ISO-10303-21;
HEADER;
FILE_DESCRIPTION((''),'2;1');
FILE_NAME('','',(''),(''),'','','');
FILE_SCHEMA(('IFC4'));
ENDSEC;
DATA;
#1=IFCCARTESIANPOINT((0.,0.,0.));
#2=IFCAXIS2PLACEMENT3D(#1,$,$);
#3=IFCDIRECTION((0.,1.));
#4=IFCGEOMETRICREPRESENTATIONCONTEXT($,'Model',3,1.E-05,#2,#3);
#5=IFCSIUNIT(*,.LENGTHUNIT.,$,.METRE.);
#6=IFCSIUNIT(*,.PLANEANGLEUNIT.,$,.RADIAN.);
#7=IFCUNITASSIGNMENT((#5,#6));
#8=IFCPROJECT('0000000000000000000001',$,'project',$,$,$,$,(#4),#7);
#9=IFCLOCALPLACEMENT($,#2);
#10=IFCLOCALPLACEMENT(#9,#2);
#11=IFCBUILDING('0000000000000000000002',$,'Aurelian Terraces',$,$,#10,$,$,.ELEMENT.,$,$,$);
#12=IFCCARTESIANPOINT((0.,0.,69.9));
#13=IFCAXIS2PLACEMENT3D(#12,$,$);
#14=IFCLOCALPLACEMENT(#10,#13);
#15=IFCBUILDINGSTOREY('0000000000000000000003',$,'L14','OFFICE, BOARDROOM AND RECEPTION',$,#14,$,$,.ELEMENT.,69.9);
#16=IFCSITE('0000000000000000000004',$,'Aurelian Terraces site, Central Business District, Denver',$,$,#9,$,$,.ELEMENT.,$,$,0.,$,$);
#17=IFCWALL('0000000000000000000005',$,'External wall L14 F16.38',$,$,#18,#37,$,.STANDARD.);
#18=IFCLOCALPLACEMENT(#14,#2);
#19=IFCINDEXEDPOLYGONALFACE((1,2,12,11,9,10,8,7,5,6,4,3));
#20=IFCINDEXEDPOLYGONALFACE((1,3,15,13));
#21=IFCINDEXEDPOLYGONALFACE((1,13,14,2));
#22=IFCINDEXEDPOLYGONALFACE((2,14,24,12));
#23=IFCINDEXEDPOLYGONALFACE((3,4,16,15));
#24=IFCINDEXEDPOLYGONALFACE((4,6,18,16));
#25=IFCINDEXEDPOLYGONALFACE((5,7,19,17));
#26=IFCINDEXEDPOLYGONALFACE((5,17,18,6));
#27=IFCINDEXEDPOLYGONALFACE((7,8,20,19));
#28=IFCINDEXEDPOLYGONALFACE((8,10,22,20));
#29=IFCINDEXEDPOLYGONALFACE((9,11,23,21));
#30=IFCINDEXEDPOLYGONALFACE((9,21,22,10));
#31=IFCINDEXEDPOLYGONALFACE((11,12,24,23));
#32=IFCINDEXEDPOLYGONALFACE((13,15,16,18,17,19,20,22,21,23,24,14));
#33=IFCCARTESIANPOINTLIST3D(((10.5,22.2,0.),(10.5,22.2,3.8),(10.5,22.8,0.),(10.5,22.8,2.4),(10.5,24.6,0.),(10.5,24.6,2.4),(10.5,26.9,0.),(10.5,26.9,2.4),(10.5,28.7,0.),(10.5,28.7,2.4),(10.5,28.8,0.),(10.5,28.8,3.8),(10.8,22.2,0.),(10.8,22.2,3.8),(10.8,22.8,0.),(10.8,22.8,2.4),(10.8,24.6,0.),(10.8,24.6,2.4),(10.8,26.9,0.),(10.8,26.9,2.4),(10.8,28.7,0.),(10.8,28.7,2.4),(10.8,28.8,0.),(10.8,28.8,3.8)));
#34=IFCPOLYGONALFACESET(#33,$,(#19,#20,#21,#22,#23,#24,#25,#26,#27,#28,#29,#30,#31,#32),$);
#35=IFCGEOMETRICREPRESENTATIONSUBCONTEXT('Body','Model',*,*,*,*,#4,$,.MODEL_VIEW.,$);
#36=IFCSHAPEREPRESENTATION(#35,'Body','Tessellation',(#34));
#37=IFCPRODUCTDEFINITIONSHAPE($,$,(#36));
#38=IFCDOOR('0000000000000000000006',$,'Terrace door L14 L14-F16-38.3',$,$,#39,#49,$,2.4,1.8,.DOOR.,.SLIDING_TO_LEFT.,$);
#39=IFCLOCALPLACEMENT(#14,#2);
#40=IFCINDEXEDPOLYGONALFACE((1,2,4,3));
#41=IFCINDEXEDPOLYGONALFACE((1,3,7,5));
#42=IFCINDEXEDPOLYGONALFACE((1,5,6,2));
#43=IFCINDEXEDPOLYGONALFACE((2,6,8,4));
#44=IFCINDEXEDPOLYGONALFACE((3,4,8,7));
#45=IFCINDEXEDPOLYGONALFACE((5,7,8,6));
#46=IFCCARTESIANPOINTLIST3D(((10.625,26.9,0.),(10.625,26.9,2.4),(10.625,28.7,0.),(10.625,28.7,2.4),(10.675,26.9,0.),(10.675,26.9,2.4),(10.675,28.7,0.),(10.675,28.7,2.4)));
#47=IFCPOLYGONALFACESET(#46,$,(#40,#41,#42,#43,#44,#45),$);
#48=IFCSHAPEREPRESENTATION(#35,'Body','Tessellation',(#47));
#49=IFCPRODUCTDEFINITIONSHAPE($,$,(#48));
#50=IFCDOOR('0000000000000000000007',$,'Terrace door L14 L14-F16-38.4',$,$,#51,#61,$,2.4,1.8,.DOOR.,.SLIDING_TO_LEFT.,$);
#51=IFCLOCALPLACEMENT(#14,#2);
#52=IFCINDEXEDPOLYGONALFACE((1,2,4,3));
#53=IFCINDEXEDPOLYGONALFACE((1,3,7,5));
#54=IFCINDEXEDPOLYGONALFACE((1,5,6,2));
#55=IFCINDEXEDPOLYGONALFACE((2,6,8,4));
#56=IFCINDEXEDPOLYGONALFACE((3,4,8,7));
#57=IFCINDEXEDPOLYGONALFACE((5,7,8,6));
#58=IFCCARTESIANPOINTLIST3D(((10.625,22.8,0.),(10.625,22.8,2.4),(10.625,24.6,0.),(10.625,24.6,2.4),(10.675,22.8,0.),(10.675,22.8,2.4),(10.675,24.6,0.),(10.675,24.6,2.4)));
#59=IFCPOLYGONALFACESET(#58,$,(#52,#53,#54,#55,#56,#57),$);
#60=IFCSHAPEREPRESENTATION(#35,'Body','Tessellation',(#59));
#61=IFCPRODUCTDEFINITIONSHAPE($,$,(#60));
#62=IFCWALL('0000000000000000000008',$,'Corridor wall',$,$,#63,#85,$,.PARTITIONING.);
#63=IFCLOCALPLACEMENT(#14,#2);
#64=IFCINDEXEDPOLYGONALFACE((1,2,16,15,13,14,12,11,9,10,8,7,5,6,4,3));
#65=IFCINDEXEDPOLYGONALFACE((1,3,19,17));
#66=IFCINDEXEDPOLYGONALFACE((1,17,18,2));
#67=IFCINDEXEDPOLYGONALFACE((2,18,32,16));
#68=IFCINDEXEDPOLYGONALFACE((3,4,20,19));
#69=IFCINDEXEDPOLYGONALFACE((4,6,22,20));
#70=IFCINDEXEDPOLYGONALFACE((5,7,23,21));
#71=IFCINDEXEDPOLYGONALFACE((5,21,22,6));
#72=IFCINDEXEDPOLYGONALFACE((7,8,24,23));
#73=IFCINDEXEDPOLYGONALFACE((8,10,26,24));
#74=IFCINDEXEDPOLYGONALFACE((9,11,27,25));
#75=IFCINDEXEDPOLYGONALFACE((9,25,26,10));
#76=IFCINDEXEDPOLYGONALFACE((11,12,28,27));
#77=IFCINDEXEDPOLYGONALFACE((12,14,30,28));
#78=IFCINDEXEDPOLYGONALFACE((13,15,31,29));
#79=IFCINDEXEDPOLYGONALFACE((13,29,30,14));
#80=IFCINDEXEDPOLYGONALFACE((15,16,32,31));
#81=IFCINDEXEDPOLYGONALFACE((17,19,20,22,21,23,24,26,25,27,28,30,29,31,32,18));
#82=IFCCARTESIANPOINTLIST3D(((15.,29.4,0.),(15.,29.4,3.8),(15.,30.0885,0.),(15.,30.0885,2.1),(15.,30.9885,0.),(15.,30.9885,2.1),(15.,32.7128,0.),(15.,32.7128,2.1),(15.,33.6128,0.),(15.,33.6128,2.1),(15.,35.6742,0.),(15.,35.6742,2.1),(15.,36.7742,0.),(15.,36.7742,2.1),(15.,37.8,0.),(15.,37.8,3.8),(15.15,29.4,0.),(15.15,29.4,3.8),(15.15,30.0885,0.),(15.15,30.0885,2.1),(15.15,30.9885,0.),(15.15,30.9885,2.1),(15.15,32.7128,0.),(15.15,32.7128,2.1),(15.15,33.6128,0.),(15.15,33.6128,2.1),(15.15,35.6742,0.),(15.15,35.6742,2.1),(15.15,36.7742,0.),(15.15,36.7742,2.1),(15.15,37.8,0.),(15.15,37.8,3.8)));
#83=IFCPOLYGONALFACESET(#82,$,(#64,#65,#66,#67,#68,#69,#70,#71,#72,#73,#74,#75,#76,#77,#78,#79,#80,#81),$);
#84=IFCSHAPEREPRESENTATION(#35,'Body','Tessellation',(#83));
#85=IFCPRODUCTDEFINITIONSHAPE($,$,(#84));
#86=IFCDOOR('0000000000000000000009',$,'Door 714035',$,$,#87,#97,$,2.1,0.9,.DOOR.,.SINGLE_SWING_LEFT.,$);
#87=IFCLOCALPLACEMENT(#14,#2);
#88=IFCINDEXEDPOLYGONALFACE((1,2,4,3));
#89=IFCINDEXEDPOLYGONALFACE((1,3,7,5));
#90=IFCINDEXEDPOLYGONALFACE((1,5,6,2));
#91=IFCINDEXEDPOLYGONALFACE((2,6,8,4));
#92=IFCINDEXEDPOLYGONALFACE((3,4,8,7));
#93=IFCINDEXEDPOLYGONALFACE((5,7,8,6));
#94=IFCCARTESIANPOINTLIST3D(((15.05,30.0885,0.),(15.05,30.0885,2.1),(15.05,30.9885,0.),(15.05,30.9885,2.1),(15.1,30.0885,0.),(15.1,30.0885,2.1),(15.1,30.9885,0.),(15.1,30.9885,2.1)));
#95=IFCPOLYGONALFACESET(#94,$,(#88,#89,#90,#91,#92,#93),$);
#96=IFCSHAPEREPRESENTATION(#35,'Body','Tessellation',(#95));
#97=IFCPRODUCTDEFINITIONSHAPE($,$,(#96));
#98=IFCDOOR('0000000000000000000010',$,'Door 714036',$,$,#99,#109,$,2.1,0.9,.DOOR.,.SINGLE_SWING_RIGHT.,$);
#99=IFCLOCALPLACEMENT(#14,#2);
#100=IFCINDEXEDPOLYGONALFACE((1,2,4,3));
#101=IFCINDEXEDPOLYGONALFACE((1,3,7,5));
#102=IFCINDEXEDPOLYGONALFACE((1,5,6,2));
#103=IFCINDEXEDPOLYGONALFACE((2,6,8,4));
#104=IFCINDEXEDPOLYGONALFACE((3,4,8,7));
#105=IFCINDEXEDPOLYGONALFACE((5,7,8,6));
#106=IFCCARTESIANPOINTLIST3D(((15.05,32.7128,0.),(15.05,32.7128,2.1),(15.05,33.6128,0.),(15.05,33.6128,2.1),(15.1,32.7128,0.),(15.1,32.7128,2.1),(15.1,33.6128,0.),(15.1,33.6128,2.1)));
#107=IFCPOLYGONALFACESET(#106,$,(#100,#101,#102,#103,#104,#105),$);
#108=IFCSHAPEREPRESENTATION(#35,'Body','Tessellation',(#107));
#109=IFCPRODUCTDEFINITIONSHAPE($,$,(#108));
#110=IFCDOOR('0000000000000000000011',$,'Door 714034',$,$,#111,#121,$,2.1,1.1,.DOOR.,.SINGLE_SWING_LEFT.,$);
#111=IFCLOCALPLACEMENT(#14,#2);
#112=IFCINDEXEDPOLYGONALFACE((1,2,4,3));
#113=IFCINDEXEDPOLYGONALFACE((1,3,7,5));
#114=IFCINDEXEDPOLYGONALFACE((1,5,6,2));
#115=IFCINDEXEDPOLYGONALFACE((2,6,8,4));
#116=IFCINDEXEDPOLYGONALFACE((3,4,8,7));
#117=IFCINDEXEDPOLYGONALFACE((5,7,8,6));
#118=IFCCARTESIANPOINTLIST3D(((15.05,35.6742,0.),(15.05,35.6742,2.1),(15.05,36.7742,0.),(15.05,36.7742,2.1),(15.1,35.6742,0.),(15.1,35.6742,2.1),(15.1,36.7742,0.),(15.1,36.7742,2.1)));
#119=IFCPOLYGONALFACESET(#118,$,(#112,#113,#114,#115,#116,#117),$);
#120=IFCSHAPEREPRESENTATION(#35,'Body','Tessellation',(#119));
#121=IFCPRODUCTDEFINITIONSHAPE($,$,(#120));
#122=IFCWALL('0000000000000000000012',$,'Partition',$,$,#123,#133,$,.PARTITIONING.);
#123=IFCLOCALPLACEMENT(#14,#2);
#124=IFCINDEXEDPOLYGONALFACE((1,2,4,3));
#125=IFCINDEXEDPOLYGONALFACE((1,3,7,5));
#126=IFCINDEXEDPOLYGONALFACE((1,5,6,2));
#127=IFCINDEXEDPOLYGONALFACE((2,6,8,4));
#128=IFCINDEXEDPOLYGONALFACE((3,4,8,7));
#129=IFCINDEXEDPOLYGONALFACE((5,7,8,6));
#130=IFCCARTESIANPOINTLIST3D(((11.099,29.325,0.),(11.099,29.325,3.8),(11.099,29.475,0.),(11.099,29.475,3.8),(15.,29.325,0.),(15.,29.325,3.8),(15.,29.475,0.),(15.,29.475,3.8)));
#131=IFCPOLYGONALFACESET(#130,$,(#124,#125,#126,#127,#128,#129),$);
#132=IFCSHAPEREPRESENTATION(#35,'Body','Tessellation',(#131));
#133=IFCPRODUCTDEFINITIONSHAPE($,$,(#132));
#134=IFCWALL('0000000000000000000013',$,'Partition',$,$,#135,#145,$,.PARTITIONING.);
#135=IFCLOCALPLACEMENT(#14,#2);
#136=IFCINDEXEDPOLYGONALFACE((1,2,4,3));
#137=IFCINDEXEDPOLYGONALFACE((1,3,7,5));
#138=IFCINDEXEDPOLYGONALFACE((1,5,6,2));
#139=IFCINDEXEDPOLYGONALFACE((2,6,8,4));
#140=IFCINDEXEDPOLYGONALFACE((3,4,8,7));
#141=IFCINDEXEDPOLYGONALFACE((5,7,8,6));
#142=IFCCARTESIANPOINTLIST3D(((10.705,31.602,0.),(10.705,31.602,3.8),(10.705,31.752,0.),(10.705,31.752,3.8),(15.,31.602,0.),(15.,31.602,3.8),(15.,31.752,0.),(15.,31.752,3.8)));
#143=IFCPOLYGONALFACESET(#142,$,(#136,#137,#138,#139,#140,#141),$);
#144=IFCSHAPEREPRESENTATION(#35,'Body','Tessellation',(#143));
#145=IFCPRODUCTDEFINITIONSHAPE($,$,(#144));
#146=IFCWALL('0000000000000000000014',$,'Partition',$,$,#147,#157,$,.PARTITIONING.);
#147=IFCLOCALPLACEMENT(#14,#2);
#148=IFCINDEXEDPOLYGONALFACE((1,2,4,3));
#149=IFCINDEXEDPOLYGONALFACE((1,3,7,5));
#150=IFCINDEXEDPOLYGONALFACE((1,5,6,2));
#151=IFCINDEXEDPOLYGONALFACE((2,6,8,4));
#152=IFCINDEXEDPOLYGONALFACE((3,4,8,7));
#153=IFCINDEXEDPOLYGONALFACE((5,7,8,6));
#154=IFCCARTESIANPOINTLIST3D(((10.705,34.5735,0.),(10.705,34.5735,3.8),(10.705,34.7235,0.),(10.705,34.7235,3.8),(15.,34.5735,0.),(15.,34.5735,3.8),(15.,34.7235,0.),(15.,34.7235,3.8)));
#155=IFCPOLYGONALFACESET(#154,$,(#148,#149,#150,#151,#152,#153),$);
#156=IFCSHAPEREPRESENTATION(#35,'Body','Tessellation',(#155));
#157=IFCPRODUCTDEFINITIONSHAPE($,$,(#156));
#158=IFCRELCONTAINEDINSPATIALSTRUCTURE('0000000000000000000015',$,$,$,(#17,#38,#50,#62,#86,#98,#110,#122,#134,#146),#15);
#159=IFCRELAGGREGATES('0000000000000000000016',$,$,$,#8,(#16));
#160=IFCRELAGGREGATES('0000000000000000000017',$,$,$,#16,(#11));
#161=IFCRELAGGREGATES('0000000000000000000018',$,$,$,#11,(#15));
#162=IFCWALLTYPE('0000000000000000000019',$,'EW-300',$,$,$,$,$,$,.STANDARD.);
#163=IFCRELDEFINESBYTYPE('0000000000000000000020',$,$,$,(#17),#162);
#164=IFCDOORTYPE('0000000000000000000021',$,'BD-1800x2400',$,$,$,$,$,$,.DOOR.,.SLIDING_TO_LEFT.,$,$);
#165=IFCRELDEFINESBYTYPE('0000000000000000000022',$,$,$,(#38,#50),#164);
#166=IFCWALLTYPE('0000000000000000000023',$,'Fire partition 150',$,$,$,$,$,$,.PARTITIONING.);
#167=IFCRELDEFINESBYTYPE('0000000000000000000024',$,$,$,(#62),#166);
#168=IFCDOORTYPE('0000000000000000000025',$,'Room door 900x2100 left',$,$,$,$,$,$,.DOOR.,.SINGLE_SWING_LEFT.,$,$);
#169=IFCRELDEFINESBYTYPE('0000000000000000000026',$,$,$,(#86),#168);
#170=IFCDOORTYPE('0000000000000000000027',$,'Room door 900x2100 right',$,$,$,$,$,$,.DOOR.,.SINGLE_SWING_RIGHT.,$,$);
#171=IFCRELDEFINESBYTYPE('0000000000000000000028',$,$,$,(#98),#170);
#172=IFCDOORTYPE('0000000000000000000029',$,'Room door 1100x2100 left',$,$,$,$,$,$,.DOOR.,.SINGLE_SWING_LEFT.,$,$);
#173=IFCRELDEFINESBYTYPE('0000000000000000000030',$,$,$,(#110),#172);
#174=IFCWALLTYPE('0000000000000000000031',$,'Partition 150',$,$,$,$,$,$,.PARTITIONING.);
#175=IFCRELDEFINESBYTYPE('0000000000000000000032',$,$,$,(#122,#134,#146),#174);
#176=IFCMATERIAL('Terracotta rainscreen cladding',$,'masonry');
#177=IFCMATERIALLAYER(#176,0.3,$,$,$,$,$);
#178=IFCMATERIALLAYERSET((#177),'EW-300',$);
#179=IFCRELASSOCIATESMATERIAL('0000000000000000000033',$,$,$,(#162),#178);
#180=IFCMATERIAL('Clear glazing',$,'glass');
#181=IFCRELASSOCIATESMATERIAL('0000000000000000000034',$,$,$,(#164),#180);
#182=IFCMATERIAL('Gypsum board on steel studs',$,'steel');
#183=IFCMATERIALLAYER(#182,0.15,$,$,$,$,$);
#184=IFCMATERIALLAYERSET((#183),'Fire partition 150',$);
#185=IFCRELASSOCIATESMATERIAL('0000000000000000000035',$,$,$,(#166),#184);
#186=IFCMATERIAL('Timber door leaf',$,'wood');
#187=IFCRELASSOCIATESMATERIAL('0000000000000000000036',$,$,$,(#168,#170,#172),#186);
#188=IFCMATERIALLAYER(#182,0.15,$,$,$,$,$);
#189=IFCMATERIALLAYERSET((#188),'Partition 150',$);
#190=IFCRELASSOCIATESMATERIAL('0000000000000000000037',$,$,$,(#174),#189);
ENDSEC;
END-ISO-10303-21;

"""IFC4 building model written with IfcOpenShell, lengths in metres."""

from ifc_helpers import new_model, si_unit, direction, frame, frame_2d, origin, place, context, subcontext, project, spatial, rectangle, extrude, source, transform, mapped, material, layer, layer_set, type_object, element, fill, save


model = new_model("IFC4")

# Units and contexts
model_context = context("Model", 3, precision=1e-05, world=origin(), true_north=direction((0.0, 1.0)))
body_context = subcontext(model_context, "Body", "Model", "MODEL_VIEW")
ifc_project = project(units=[si_unit("LENGTHUNIT", "METRE"), si_unit("PLANEANGLEUNIT", "RADIAN")], contexts=[model_context])

# Site, building, storey
site_placement = place(None, origin())
site = spatial("IfcSite", under=ifc_project, at=site_placement, Name="Aurelian Terraces site, Central Business District, Denver", CompositionType="ELEMENT", RefElevation=0.0)
building_placement = place(site_placement, origin())
building = spatial("IfcBuilding", under=site, at=building_placement, Name="Aurelian Terraces", CompositionType="ELEMENT")
storey_placement = place(building_placement, frame((0.0, 0.0, 69.9)))
storey = spatial("IfcBuildingStorey", under=building, at=storey_placement, Name="L14", Description="OFFICE, BOARDROOM AND RECEPTION", CompositionType="ELEMENT", Elevation=69.9)

# Walls, openings, doors
ifc_material_1 = material(Name="Terracotta rainscreen cladding", Category="masonry")
ifc_layer_1 = layer(ifc_material_1, 0.3)
ifc_layer_set_1 = layer_set([ifc_layer_1], Name="EW-300")
wall_type_1 = type_object("IfcWallType", Name="EW-300", PredefinedType="STANDARD", material=ifc_layer_set_1)
shared_shape_1 = source(origin(), body_context, "Body", "SweptSolid", [
    extrude(rectangle(XDim=6.6, YDim=0.3, at=frame_2d((3.3, 0.0))), origin(), (0.0, 0.0, 1.0), 3.8),
])
wall_1_placement = place(storey_placement, frame((10.65, 28.8, 0.0), z_axis=(0.0, 0.0, 1.0), x_axis=(0.0, -1.0, 0.0)))
wall_1 = element("IfcWall", 1, at=wall_1_placement, inside=storey, type_object=wall_type_1, Name="External wall L14 F16.38", PredefinedType="STANDARD", context=body_context, shape_type="MappedRepresentation", body=[
    mapped(shared_shape_1, transform((0.0, 0.0, 0.0), scale=1.0)),
])
shared_shape_2 = source(origin(), body_context, "Body", "SweptSolid", [
    extrude(rectangle(XDim=1.8, YDim=2.4, at=frame_2d((0.9, 1.2))), frame((0.0, 0.16, 0.0), z_axis=(0.0, -1.0, 0.0), x_axis=(1.0, 0.0, 0.0)), (0.0, 0.0, 1.0), 0.32),
])
opening_1_placement = place(wall_1_placement, frame((0.1, 0.0, 0.0)))
opening_1 = element("IfcOpeningElement", 2, at=opening_1_placement, cuts=wall_1, PredefinedType="OPENING", context=body_context, shape_type="MappedRepresentation", body=[
    mapped(shared_shape_2, transform((0.0, 0.0, 0.0), scale=1.0)),
])
opening_2_placement = place(wall_1_placement, frame((4.2, 0.0, 0.0)))
opening_2 = element("IfcOpeningElement", 3, at=opening_2_placement, cuts=wall_1, PredefinedType="OPENING", context=body_context, shape_type="MappedRepresentation", body=[
    mapped(shared_shape_2, transform((0.0, 0.0, 0.0), scale=1.0)),
])
ifc_material_2 = material(Name="Clear glazing", Category="glass")
door_type_1 = type_object("IfcDoorType", Name="BD-1800x2400", OperationType="SLIDING_TO_LEFT", PredefinedType="DOOR", material=ifc_material_2)
shared_shape_3 = source(origin(), body_context, "Body", "SweptSolid", [
    extrude(rectangle(XDim=1.8, YDim=2.4, at=frame_2d((0.9, 1.2))), frame((0.0, 0.025, 0.0), z_axis=(0.0, -1.0, 0.0), x_axis=(1.0, 0.0, 0.0)), (0.0, 0.0, 1.0), 0.05),
])
door_1_placement = place(opening_1_placement, origin())
door_1 = element("IfcDoor", 4, at=door_1_placement, inside=storey, type_object=door_type_1, Name="Terrace door L14 L14-F16-38.3", OperationType="SLIDING_TO_LEFT", OverallHeight=2.4, OverallWidth=1.8, PredefinedType="DOOR", context=body_context, shape_type="MappedRepresentation", body=[
    mapped(shared_shape_3, transform((0.0, 0.0, 0.0), scale=1.0)),
])
fill(opening_1, door_1)
door_2_placement = place(opening_2_placement, origin())
door_2 = element("IfcDoor", 5, at=door_2_placement, inside=storey, type_object=door_type_1, Name="Terrace door L14 L14-F16-38.4", OperationType="SLIDING_TO_LEFT", OverallHeight=2.4, OverallWidth=1.8, PredefinedType="DOOR", context=body_context, shape_type="MappedRepresentation", body=[
    mapped(shared_shape_3, transform((0.0, 0.0, 0.0), scale=1.0)),
])
fill(opening_2, door_2)
ifc_material_3 = material(Name="Gypsum board on steel studs", Category="steel")
ifc_layer_2 = layer(ifc_material_3, 0.15)
ifc_layer_set_2 = layer_set([ifc_layer_2], Name="Fire partition 150")
wall_type_2 = type_object("IfcWallType", Name="Fire partition 150", PredefinedType="PARTITIONING", material=ifc_layer_set_2)
shared_shape_4 = source(origin(), body_context, "Body", "SweptSolid", [
    extrude(rectangle(XDim=8.4, YDim=0.15, at=frame_2d((4.2, 0.0))), origin(), (0.0, 0.0, 1.0), 3.8),
])
wall_2_placement = place(storey_placement, frame((15.075, 29.4, 0.0), z_axis=(0.0, 0.0, 1.0), x_axis=(0.0, 1.0, 0.0)))
wall_2 = element("IfcWall", 6, at=wall_2_placement, inside=storey, type_object=wall_type_2, Name="Corridor wall", PredefinedType="PARTITIONING", context=body_context, shape_type="MappedRepresentation", body=[
    mapped(shared_shape_4, transform((0.0, 0.0, 0.0), scale=1.0)),
])
shared_shape_5 = source(origin(), body_context, "Body", "SweptSolid", [
    extrude(rectangle(XDim=1.1, YDim=2.1, at=frame_2d((0.55, 1.05))), frame((0.0, 0.085, 0.0), z_axis=(0.0, -1.0, 0.0), x_axis=(1.0, 0.0, 0.0)), (0.0, 0.0, 1.0), 0.17),
])
opening_3_placement = place(wall_2_placement, frame((6.2742, 0.0, 0.0)))
opening_3 = element("IfcOpeningElement", 7, at=opening_3_placement, cuts=wall_2, PredefinedType="OPENING", context=body_context, shape_type="MappedRepresentation", body=[
    mapped(shared_shape_5, transform((0.0, 0.0, 0.0), scale=1.0)),
])
shared_shape_6 = source(origin(), body_context, "Body", "SweptSolid", [
    extrude(rectangle(XDim=0.9, YDim=2.1, at=frame_2d((0.45, 1.05))), frame((0.0, 0.085, 0.0), z_axis=(0.0, -1.0, 0.0), x_axis=(1.0, 0.0, 0.0)), (0.0, 0.0, 1.0), 0.17),
])
opening_4_placement = place(wall_2_placement, frame((0.6885, 0.0, 0.0)))
opening_4 = element("IfcOpeningElement", 8, at=opening_4_placement, cuts=wall_2, PredefinedType="OPENING", context=body_context, shape_type="MappedRepresentation", body=[
    mapped(shared_shape_6, transform((0.0, 0.0, 0.0), scale=1.0)),
])
opening_5_placement = place(wall_2_placement, frame((3.3128, 0.0, 0.0)))
opening_5 = element("IfcOpeningElement", 9, at=opening_5_placement, cuts=wall_2, PredefinedType="OPENING", context=body_context, shape_type="MappedRepresentation", body=[
    mapped(shared_shape_6, transform((0.0, 0.0, 0.0), scale=1.0)),
])
ifc_material_4 = material(Name="Timber door leaf", Category="wood")
door_type_2 = type_object("IfcDoorType", Name="Room door 900x2100 left", OperationType="SINGLE_SWING_LEFT", PredefinedType="DOOR", material=ifc_material_4)
shared_shape_7 = source(origin(), body_context, "Body", "SweptSolid", [
    extrude(rectangle(XDim=0.9, YDim=2.1, at=frame_2d((0.45, 1.05))), frame((0.0, 0.025, 0.0), z_axis=(0.0, -1.0, 0.0), x_axis=(1.0, 0.0, 0.0)), (0.0, 0.0, 1.0), 0.05),
])
door_3_placement = place(opening_4_placement, origin())
door_3 = element("IfcDoor", 10, at=door_3_placement, inside=storey, type_object=door_type_2, Name="Door 714035", OperationType="SINGLE_SWING_LEFT", OverallHeight=2.1, OverallWidth=0.9, PredefinedType="DOOR", context=body_context, shape_type="MappedRepresentation", body=[
    mapped(shared_shape_7, transform((0.0, 0.0, 0.0), scale=1.0)),
])
fill(opening_4, door_3)
door_type_3 = type_object("IfcDoorType", Name="Room door 900x2100 right", OperationType="SINGLE_SWING_RIGHT", PredefinedType="DOOR", material=ifc_material_4)
door_4_placement = place(opening_5_placement, origin())
door_4 = element("IfcDoor", 11, at=door_4_placement, inside=storey, type_object=door_type_3, Name="Door 714036", OperationType="SINGLE_SWING_RIGHT", OverallHeight=2.1, OverallWidth=0.9, PredefinedType="DOOR", context=body_context, shape_type="MappedRepresentation", body=[
    mapped(shared_shape_7, transform((0.0, 0.0, 0.0), scale=1.0)),
])
fill(opening_5, door_4)
door_type_4 = type_object("IfcDoorType", Name="Room door 1100x2100 left", OperationType="SINGLE_SWING_LEFT", PredefinedType="DOOR", material=ifc_material_4)
shared_shape_8 = source(origin(), body_context, "Body", "SweptSolid", [
    extrude(rectangle(XDim=1.1, YDim=2.1, at=frame_2d((0.55, 1.05))), frame((0.0, 0.025, 0.0), z_axis=(0.0, -1.0, 0.0), x_axis=(1.0, 0.0, 0.0)), (0.0, 0.0, 1.0), 0.05),
])
door_5_placement = place(opening_3_placement, origin())
door_5 = element("IfcDoor", 12, at=door_5_placement, inside=storey, type_object=door_type_4, Name="Door 714034", OperationType="SINGLE_SWING_LEFT", OverallHeight=2.1, OverallWidth=1.1, PredefinedType="DOOR", context=body_context, shape_type="MappedRepresentation", body=[
    mapped(shared_shape_8, transform((0.0, 0.0, 0.0), scale=1.0)),
])
fill(opening_3, door_5)

# Walls
ifc_layer_3 = layer(ifc_material_3, 0.15)
ifc_layer_set_3 = layer_set([ifc_layer_3], Name="Partition 150")
wall_type_3 = type_object("IfcWallType", Name="Partition 150", PredefinedType="PARTITIONING", material=ifc_layer_set_3)
shared_shape_9 = source(origin(), body_context, "Body", "SweptSolid", [
    extrude(rectangle(XDim=3.901, YDim=0.15, at=frame_2d((1.9505, 0.0))), origin(), (0.0, 0.0, 1.0), 3.8),
])
wall_3_placement = place(storey_placement, frame((15.0, 29.4, 0.0), z_axis=(0.0, 0.0, 1.0), x_axis=(-1.0, 0.0, 0.0)))
element("IfcWall", 13, at=wall_3_placement, inside=storey, type_object=wall_type_3, Name="Partition", PredefinedType="PARTITIONING", context=body_context, shape_type="MappedRepresentation", body=[
    mapped(shared_shape_9, transform((0.0, 0.0, 0.0), scale=1.0)),
])
shared_shape_10 = source(origin(), body_context, "Body", "SweptSolid", [
    extrude(rectangle(XDim=4.295, YDim=0.15, at=frame_2d((2.1475, 0.0))), origin(), (0.0, 0.0, 1.0), 3.8),
])
for number, where, z_axis, x_axis, name in (
    (14, (15.0, 31.677, 0.0), (0.0, 0.0, 1.0), (-1.0, 0.0, 0.0), "Partition"),
    (15, (15.0, 34.6485, 0.0), (0.0, 0.0, 1.0), (-1.0, 0.0, 0.0), "Partition"),
):
    element("IfcWall", number, at=place(storey_placement, frame(where, z_axis=z_axis, x_axis=x_axis)), inside=storey, type_object=wall_type_3, Name=name, PredefinedType="PARTITIONING", context=body_context, shape_type="MappedRepresentation", body=[
        mapped(shared_shape_10, transform((0.0, 0.0, 0.0), scale=1.0)),
    ])

save(model, "model.ifc")
